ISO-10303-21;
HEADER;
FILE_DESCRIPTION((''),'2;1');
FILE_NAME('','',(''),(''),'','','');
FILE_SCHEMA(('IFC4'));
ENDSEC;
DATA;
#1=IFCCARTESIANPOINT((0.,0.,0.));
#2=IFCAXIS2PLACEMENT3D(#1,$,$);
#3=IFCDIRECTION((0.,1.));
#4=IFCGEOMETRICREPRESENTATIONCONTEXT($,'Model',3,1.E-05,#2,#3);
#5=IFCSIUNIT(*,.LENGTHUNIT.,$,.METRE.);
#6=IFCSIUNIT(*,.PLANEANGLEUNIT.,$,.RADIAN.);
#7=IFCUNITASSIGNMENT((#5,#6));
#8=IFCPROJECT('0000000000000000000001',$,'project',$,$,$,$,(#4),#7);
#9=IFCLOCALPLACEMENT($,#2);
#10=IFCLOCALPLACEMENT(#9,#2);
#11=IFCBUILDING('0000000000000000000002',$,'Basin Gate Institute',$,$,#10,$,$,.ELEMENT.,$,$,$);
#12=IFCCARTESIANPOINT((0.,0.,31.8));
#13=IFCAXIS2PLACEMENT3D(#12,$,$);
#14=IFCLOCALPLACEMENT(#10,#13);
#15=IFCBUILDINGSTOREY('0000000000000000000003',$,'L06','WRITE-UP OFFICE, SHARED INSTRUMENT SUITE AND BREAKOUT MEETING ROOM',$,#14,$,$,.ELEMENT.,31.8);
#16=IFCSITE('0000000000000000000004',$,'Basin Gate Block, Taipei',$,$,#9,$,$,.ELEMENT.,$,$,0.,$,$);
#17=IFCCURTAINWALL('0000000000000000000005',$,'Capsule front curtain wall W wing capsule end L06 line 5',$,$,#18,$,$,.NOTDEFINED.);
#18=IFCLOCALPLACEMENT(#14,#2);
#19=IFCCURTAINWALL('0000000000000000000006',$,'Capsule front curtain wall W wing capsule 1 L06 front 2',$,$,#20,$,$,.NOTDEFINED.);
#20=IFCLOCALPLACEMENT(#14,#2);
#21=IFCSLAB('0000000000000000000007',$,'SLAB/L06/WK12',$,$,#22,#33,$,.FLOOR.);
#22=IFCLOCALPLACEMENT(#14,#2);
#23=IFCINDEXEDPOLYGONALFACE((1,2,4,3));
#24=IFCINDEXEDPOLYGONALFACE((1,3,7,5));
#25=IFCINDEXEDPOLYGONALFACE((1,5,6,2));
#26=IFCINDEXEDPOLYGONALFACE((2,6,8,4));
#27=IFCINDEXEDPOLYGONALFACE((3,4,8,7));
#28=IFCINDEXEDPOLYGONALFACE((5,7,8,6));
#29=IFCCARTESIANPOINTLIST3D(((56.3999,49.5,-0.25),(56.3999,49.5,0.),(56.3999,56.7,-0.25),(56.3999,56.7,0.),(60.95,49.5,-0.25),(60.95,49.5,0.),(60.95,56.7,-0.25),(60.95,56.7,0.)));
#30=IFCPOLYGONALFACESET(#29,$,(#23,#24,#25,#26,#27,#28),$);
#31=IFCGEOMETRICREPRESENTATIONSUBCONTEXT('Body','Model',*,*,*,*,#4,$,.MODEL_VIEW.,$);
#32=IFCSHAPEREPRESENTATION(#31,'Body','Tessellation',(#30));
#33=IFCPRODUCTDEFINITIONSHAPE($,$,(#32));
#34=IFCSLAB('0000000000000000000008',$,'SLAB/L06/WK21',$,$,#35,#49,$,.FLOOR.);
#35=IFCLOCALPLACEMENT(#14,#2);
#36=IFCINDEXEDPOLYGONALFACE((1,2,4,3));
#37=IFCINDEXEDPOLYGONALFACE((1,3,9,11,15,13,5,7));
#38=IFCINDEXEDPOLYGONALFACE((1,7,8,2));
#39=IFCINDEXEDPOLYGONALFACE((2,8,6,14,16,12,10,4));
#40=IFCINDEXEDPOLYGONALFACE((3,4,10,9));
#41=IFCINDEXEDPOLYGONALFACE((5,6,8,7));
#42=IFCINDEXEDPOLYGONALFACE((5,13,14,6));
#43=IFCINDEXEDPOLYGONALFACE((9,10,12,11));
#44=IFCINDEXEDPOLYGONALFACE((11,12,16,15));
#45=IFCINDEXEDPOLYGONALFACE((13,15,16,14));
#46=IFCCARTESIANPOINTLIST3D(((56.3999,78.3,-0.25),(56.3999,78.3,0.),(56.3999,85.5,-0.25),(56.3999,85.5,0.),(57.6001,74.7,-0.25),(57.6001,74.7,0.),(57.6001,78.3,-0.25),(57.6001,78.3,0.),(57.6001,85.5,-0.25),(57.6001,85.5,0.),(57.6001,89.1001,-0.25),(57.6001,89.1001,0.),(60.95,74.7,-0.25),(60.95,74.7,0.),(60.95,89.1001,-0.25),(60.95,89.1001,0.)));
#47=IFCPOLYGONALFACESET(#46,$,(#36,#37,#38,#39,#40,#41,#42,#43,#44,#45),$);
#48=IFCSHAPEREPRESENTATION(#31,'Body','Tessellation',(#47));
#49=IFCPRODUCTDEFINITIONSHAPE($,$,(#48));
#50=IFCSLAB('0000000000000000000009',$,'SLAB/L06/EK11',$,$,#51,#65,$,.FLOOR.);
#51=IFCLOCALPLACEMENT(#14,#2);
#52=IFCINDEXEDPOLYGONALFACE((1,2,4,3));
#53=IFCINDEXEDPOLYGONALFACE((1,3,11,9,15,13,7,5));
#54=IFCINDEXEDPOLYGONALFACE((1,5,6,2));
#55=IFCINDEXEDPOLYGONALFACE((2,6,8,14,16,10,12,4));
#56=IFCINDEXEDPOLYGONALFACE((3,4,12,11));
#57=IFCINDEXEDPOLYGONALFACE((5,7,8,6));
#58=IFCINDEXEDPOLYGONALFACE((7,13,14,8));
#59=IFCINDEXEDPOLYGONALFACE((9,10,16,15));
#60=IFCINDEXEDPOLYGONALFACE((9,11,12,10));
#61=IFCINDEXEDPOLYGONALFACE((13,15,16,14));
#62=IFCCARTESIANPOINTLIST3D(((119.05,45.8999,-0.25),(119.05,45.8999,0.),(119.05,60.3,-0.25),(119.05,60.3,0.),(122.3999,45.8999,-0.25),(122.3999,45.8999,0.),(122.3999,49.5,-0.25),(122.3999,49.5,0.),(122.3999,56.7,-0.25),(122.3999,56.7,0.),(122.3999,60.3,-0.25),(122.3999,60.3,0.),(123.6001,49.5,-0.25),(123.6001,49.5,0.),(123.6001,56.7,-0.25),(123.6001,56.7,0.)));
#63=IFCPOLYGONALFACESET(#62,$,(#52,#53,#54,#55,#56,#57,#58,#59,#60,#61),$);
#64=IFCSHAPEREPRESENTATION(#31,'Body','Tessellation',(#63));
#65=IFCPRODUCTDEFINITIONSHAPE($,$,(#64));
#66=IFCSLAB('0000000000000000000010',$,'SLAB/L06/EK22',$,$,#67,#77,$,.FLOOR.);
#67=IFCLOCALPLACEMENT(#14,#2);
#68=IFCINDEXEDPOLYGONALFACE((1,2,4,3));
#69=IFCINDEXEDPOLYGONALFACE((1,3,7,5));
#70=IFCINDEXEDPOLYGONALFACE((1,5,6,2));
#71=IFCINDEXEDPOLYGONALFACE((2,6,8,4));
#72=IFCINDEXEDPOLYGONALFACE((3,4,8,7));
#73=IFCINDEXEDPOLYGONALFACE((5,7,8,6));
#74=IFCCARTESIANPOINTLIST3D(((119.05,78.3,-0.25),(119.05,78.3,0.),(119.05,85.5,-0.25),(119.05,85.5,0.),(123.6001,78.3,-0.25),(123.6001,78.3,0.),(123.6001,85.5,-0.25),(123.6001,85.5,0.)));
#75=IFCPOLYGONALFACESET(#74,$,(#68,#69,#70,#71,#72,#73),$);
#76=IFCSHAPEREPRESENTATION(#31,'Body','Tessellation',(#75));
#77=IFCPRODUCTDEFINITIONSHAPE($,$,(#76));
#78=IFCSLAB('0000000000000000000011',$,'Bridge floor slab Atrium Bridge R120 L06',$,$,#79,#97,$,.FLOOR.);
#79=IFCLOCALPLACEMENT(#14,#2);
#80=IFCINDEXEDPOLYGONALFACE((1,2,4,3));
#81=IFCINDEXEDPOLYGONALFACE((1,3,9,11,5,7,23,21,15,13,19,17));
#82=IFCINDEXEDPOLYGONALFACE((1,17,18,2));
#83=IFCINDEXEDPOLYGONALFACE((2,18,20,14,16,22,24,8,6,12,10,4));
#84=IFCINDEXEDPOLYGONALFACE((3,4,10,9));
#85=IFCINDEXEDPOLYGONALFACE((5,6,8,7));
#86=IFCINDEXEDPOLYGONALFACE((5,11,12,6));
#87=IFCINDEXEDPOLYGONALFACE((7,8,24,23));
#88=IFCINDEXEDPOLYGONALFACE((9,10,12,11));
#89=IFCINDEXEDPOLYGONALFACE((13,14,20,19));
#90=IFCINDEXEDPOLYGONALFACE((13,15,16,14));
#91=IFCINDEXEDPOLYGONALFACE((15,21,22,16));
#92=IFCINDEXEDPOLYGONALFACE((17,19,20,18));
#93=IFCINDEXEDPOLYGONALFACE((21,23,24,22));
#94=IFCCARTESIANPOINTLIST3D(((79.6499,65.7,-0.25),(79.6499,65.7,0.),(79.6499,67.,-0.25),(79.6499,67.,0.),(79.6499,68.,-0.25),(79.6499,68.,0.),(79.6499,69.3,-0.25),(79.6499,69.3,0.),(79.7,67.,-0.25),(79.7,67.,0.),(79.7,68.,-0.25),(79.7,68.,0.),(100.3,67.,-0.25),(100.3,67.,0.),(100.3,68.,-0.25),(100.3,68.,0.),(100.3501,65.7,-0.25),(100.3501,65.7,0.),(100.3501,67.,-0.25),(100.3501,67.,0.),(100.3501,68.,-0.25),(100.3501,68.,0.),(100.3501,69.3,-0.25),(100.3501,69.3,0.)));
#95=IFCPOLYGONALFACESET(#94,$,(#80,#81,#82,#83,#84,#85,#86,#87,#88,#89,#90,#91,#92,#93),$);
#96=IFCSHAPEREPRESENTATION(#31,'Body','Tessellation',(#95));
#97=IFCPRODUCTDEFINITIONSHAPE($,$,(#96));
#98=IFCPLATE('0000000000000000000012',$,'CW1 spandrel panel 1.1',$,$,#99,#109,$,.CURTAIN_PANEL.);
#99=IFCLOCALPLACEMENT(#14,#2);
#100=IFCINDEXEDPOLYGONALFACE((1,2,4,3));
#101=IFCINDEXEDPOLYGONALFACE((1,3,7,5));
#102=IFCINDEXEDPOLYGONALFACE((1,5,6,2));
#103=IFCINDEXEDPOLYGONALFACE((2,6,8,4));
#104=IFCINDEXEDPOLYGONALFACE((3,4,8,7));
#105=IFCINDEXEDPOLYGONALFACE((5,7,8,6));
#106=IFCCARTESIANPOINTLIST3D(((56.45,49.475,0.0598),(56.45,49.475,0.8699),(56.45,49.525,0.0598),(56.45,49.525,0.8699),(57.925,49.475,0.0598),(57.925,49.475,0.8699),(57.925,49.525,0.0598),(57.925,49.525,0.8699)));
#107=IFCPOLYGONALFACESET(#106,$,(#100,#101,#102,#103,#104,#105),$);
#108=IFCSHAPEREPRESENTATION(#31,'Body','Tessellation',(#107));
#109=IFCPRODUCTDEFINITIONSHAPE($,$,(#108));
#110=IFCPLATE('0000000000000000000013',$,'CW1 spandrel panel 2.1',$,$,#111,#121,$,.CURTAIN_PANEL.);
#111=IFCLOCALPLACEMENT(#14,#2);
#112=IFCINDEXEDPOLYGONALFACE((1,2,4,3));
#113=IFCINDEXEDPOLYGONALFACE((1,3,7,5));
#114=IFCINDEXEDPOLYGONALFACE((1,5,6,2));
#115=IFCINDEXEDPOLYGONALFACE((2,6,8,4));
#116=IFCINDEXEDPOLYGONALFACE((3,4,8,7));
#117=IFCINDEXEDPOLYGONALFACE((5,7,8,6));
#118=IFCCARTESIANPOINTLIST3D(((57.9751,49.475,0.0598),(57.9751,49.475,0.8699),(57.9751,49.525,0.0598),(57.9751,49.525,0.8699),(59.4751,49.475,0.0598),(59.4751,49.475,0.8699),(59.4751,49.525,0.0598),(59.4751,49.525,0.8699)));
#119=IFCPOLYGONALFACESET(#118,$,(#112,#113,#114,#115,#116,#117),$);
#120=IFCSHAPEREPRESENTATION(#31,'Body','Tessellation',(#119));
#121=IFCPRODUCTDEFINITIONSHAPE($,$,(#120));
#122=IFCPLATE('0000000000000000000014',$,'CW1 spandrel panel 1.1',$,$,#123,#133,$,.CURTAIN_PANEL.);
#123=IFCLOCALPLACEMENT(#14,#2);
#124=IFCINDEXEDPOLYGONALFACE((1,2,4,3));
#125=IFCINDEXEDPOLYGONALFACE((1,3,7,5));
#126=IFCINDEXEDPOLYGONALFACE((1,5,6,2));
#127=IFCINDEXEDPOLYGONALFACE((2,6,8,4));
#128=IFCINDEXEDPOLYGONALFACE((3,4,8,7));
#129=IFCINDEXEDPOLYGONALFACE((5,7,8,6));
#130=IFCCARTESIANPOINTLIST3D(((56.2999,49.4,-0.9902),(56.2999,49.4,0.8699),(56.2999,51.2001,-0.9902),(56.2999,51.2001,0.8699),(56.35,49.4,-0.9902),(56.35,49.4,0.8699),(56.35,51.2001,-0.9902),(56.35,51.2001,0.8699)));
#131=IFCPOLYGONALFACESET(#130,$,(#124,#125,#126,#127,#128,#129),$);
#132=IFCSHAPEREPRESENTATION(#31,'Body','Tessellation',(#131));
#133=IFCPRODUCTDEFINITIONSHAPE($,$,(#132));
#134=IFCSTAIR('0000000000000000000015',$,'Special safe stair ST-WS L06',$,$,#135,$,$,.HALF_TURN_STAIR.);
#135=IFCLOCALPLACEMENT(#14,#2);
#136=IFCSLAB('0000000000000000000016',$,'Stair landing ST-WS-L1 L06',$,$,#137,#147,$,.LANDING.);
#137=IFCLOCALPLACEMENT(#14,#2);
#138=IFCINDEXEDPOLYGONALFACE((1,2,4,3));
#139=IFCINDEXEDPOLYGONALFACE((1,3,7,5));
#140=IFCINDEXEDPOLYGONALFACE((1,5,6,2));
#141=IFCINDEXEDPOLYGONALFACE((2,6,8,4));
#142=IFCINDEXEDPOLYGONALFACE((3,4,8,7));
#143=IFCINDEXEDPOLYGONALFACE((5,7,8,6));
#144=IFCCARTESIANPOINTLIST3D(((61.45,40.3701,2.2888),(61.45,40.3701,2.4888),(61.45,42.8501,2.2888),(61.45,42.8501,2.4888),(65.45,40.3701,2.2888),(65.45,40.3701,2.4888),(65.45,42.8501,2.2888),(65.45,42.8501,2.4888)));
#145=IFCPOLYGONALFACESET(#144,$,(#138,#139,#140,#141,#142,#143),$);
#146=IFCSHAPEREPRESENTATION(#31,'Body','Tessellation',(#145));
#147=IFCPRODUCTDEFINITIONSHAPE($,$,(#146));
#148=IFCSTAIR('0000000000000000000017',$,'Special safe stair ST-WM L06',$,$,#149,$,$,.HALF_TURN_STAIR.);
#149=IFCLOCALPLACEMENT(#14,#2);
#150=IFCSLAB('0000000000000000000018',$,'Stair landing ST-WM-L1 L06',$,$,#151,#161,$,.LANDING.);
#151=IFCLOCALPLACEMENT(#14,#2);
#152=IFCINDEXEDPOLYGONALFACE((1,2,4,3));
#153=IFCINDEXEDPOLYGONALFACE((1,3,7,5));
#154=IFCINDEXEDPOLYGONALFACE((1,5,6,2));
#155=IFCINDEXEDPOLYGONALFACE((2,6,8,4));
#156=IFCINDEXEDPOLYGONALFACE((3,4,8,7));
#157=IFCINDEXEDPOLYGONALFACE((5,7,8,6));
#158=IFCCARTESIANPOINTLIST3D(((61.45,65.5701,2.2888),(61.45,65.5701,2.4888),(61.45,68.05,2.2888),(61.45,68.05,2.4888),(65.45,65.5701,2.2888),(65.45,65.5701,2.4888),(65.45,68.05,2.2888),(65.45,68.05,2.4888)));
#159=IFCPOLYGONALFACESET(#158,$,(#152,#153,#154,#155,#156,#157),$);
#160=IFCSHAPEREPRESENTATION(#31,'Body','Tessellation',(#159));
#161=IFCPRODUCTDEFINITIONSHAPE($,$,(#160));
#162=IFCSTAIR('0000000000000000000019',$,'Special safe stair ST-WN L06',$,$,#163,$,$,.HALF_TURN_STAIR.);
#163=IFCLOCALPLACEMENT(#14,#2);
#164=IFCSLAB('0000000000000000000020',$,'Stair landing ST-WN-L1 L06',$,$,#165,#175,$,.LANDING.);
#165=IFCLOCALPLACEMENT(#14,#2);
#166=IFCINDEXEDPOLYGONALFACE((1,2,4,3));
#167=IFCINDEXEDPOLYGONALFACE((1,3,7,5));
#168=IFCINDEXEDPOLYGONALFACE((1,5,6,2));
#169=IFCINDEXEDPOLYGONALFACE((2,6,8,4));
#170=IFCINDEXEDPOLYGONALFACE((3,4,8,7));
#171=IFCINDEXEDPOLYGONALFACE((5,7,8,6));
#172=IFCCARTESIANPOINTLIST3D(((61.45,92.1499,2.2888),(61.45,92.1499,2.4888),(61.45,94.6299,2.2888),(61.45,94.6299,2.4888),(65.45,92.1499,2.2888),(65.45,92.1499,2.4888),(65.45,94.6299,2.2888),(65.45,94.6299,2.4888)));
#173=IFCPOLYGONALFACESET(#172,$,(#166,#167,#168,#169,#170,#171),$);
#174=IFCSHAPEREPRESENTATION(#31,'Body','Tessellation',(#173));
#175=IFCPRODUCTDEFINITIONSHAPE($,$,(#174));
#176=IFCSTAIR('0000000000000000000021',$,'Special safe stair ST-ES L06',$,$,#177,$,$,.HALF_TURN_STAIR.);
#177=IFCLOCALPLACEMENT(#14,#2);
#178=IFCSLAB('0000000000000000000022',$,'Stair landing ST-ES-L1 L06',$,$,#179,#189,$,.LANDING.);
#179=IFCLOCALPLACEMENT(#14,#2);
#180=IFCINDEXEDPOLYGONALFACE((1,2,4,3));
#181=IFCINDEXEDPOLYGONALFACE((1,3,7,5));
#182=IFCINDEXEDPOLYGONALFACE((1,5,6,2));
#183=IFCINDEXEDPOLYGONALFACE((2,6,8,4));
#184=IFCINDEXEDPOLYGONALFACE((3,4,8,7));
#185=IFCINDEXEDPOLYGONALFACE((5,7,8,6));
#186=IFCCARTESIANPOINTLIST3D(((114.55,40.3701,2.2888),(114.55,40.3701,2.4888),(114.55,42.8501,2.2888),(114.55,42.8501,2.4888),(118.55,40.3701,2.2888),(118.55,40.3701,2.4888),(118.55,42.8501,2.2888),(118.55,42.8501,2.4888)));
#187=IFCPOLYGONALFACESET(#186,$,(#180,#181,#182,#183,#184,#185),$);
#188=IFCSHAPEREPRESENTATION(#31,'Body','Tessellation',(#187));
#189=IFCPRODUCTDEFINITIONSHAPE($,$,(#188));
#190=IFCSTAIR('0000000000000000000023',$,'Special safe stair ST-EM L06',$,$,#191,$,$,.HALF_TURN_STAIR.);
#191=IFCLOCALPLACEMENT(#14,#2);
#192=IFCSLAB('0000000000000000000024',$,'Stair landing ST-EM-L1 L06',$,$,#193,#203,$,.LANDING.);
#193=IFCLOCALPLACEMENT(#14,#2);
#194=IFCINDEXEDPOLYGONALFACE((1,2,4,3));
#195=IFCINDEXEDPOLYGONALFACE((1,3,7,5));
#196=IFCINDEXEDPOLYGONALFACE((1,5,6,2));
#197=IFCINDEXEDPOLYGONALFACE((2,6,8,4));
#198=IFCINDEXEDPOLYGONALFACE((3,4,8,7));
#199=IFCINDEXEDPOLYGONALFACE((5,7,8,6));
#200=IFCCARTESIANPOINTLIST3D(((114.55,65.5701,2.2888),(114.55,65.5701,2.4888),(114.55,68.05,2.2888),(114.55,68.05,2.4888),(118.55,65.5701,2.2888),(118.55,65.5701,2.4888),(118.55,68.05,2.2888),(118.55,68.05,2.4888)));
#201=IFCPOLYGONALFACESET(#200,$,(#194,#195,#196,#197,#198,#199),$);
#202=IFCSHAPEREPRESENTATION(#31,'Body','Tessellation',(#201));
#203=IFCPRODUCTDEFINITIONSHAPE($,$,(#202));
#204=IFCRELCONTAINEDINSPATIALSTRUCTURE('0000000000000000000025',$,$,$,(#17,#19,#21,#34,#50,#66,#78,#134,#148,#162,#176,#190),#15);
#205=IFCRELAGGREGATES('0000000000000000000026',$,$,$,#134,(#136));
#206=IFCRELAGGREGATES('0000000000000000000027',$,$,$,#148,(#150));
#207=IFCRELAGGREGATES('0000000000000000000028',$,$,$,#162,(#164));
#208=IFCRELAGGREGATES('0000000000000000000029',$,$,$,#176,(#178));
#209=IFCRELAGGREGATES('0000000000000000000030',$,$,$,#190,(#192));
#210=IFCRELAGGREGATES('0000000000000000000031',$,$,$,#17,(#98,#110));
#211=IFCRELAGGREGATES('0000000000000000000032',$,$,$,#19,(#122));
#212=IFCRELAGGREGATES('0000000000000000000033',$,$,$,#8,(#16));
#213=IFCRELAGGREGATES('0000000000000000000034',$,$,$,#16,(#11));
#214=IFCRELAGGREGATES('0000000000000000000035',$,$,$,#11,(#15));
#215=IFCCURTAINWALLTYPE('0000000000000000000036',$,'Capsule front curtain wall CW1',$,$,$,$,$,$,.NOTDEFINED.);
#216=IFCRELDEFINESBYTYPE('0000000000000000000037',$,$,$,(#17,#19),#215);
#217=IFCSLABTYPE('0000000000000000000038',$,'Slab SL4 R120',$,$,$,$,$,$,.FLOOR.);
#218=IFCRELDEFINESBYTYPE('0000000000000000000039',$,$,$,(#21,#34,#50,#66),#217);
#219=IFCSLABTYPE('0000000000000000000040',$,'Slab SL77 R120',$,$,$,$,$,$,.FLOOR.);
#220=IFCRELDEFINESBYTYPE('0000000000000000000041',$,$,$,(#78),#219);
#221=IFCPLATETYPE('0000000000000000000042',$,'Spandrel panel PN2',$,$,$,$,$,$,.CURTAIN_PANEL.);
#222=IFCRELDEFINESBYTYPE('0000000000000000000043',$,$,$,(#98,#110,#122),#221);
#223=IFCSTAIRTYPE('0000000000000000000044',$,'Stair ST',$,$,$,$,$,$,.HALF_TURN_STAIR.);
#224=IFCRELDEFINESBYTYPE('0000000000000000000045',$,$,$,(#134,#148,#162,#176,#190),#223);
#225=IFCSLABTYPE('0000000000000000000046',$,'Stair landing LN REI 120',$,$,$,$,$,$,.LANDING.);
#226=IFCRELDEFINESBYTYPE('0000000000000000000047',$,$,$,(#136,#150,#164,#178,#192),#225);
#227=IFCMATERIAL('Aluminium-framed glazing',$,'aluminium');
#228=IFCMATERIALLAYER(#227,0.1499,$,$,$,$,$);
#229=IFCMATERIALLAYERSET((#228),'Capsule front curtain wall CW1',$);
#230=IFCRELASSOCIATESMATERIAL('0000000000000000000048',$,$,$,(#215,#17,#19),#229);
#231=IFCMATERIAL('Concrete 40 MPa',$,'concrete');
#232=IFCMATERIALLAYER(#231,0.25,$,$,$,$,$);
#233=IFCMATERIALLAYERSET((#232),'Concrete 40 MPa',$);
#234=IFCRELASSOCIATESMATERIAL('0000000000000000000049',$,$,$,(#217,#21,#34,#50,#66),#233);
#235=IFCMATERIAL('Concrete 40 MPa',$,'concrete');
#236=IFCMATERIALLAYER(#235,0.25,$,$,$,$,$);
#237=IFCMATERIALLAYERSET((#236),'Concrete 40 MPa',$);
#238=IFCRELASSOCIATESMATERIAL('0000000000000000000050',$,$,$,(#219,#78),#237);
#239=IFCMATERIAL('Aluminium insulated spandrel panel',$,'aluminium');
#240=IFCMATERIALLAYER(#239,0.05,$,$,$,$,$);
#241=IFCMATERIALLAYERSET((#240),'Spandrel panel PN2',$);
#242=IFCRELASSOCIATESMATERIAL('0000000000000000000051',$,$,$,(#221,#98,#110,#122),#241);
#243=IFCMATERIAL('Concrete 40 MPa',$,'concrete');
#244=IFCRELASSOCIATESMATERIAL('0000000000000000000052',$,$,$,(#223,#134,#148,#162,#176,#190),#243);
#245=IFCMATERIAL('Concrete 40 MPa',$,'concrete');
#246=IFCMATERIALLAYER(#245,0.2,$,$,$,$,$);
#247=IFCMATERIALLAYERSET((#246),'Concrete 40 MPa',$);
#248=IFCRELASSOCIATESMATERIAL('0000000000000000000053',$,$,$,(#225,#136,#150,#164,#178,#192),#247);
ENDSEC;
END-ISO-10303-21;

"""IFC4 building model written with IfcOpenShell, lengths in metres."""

from ifc_helpers import new_model, si_unit, direction, frame, origin, origin_2d, place, context, subcontext, project, spatial, polyline, rectangle, outline, extrude, material, layer, layer_set, type_object, element, aggregate, save


model = new_model("IFC4")

# Units and contexts
model_context = context("Model", 3, precision=1e-05, world=origin(), true_north=direction((0.0, 1.0)))
body_context = subcontext(model_context, "Body", "Model", "MODEL_VIEW")
ifc_project = project(units=[si_unit("LENGTHUNIT", "METRE"), si_unit("PLANEANGLEUNIT", "RADIAN")], contexts=[model_context])

# Site, building, storey
site_placement = place(None, origin())
site = spatial("IfcSite", under=ifc_project, at=site_placement, Name="Basin Gate Block, Taipei", CompositionType="ELEMENT", RefElevation=0.0)
building_placement = place(site_placement, origin())
building = spatial("IfcBuilding", under=site, at=building_placement, Name="Basin Gate Institute", CompositionType="ELEMENT")
storey_placement = place(building_placement, frame((0.0, 0.0, 31.8)))
storey = spatial("IfcBuildingStorey", under=building, at=storey_placement, Name="L06", Description="WRITE-UP OFFICE, SHARED INSTRUMENT SUITE AND BREAKOUT MEETING ROOM", CompositionType="ELEMENT", Elevation=31.8)

# Curtain wall
ifc_material_1 = material(Name="Aluminium-framed glazing", Category="aluminium")
ifc_layer_1 = layer(ifc_material_1, 0.1499)
ifc_layer_set_1 = layer_set([ifc_layer_1], Name="Capsule front curtain wall CW1")
curtain_wall_type = type_object("IfcCurtainWallType", Name="Capsule front curtain wall CW1", PredefinedType="NOTDEFINED", material=ifc_layer_set_1)
curtain_wall_1_placement = place(storey_placement, origin())
curtain_wall_1 = element("IfcCurtainWall", 1, at=curtain_wall_1_placement, inside=storey, type_object=curtain_wall_type, material=ifc_layer_set_1, Name="Capsule front curtain wall W wing capsule end L06 line 5", PredefinedType="NOTDEFINED")

# Curtain wall
curtain_wall_2_placement = place(storey_placement, origin())
curtain_wall_2 = element("IfcCurtainWall", 2, at=curtain_wall_2_placement, inside=storey, type_object=curtain_wall_type, material=ifc_layer_set_1, Name="Capsule front curtain wall W wing capsule 1 L06 front 2", PredefinedType="NOTDEFINED")

# Slabs
ifc_material_2 = material(Name="Concrete 40 MPa", Category="concrete")
ifc_layer_2 = layer(ifc_material_2, 0.25)
ifc_layer_set_2 = layer_set([ifc_layer_2], Name="Concrete 40 MPa")
slab_type_1 = type_object("IfcSlabType", Name="Slab SL4 R120", PredefinedType="FLOOR", material=ifc_layer_set_2)
slab_1_placement = place(storey_placement, frame((0.0, 0.0, -0.25)))
element("IfcSlab", 3, at=slab_1_placement, inside=storey, type_object=slab_type_1, material=ifc_layer_set_2, Name="SLAB/L06/WK12", PredefinedType="FLOOR", context=body_context, shape_type="SweptSolid", body=[
    extrude(outline(polyline([(60.95, 49.5), (56.3999, 49.5), (56.3999, 56.7), (60.95, 56.7), (60.95, 49.5)])), origin(), (0.0, 0.0, 1.0), 0.25),
])
slab_2_placement = place(storey_placement, frame((0.0, 0.0, -0.25)))
element("IfcSlab", 4, at=slab_2_placement, inside=storey, type_object=slab_type_1, material=ifc_layer_set_2, Name="SLAB/L06/WK21", PredefinedType="FLOOR", context=body_context, shape_type="SweptSolid", body=[
    extrude(outline(polyline([(57.6001, 74.7), (57.6001, 78.3), (56.3999, 78.3), (56.3999, 85.5), (57.6001, 85.5), (57.6001, 89.1001), (60.95, 89.1001), (60.95, 74.7), (57.6001, 74.7)])), origin(), (0.0, 0.0, 1.0), 0.25),
])
slab_3_placement = place(storey_placement, frame((0.0, 0.0, -0.25)))
element("IfcSlab", 5, at=slab_3_placement, inside=storey, type_object=slab_type_1, material=ifc_layer_set_2, Name="SLAB/L06/EK11", PredefinedType="FLOOR", context=body_context, shape_type="SweptSolid", body=[
    extrude(outline(polyline([(119.05, 45.8999), (119.05, 60.3), (122.3999, 60.3), (122.3999, 56.7), (123.6001, 56.7), (123.6001, 49.5), (122.3999, 49.5), (122.3999, 45.8999), (119.05, 45.8999)])), origin(), (0.0, 0.0, 1.0), 0.25),
])
slab_4_placement = place(storey_placement, frame((0.0, 0.0, -0.25)))
element("IfcSlab", 6, at=slab_4_placement, inside=storey, type_object=slab_type_1, material=ifc_layer_set_2, Name="SLAB/L06/EK22", PredefinedType="FLOOR", context=body_context, shape_type="SweptSolid", body=[
    extrude(outline(polyline([(123.6001, 78.3), (119.05, 78.3), (119.05, 85.5), (123.6001, 85.5), (123.6001, 78.3)])), origin(), (0.0, 0.0, 1.0), 0.25),
])
ifc_material_3 = material(Name="Concrete 40 MPa", Category="concrete")
ifc_layer_3 = layer(ifc_material_3, 0.25)
ifc_layer_set_3 = layer_set([ifc_layer_3], Name="Concrete 40 MPa")
slab_type_2 = type_object("IfcSlabType", Name="Slab SL77 R120", PredefinedType="FLOOR", material=ifc_layer_set_3)
slab_5_placement = place(storey_placement, frame((0.0, 0.0, -0.25)))
element("IfcSlab", 7, at=slab_5_placement, inside=storey, type_object=slab_type_2, material=ifc_layer_set_3, Name="Bridge floor slab Atrium Bridge R120 L06", PredefinedType="FLOOR", context=body_context, shape_type="SweptSolid", body=[
    extrude(outline(polyline([(79.6499, 65.7), (100.3501, 65.7), (100.3501, 67.0), (100.3, 67.0), (100.3, 68.0), (100.3501, 68.0), (100.3501, 69.3), (79.6499, 69.3), (79.6499, 68.0), (79.7, 68.0), (79.7, 67.0), (79.6499, 67.0), (79.6499, 65.7)])), origin(), (0.0, 0.0, 1.0), 0.25),
])

# Plates
ifc_material_4 = material(Name="Aluminium insulated spandrel panel", Category="aluminium")
ifc_layer_4 = layer(ifc_material_4, 0.05)
ifc_layer_set_4 = layer_set([ifc_layer_4], Name="Spandrel panel PN2")
plate_type_1 = type_object("IfcPlateType", Name="Spandrel panel PN2", PredefinedType="CURTAIN_PANEL", material=ifc_layer_set_4)
plate_1_placement = place(storey_placement, frame((57.1875, 49.5, 0.0598), z_axis=(0.0, 0.0, 1.0), x_axis=(1.0, 0.0, 0.0)))
plate_1 = element("IfcPlate", 8, at=plate_1_placement, type_object=plate_type_1, material=ifc_layer_set_4, Name="CW1 spandrel panel 1.1", PredefinedType="CURTAIN_PANEL", context=body_context, shape_type="SweptSolid", body=[
    extrude(rectangle(XDim=1.4751, YDim=0.05, at=origin_2d()), origin(), (0.0, 0.0, 1.0), 0.8101),
])
plate_2_placement = place(storey_placement, frame((58.7251, 49.5, 0.0598), z_axis=(0.0, 0.0, 1.0), x_axis=(1.0, 0.0, 0.0)))
plate_2 = element("IfcPlate", 9, at=plate_2_placement, type_object=plate_type_1, material=ifc_layer_set_4, Name="CW1 spandrel panel 2.1", PredefinedType="CURTAIN_PANEL", context=body_context, shape_type="SweptSolid", body=[
    extrude(rectangle(XDim=1.5, YDim=0.05, at=origin_2d()), origin(), (0.0, 0.0, 1.0), 0.8101),
])
plate_3_placement = place(storey_placement, frame((56.325, 50.3, -0.9902), z_axis=(0.0, 0.0, 1.0), x_axis=(0.0, 1.0, 0.0)))
plate_3 = element("IfcPlate", 10, at=plate_3_placement, type_object=plate_type_1, material=ifc_layer_set_4, Name="CW1 spandrel panel 1.1", PredefinedType="CURTAIN_PANEL", context=body_context, shape_type="SweptSolid", body=[
    extrude(rectangle(XDim=1.8, YDim=0.05, at=origin_2d()), origin(), (0.0, 0.0, 1.0), 1.8601),
])

# Stairs, slabs
ifc_material_5 = material(Name="Concrete 40 MPa", Category="concrete")
stair_type = type_object("IfcStairType", Name="Stair ST", PredefinedType="HALF_TURN_STAIR", material=ifc_material_5)
stair_1_placement = place(storey_placement, origin())
stair_1 = element("IfcStair", 11, at=stair_1_placement, inside=storey, type_object=stair_type, material=ifc_material_5, Name="Special safe stair ST-WS L06", PredefinedType="HALF_TURN_STAIR")
ifc_material_6 = material(Name="Concrete 40 MPa", Category="concrete")
ifc_layer_5 = layer(ifc_material_6, 0.2)
ifc_layer_set_5 = layer_set([ifc_layer_5], Name="Concrete 40 MPa")
slab_type_3 = type_object("IfcSlabType", Name="Stair landing LN REI 120", PredefinedType="LANDING", material=ifc_layer_set_5)
slab_6_placement = place(storey_placement, frame((0.0, 0.0, 2.2888)))
slab_6 = element("IfcSlab", 12, at=slab_6_placement, type_object=slab_type_3, material=ifc_layer_set_5, Name="Stair landing ST-WS-L1 L06", PredefinedType="LANDING", context=body_context, shape_type="SweptSolid", body=[
    extrude(outline(polyline([(61.45, 40.3701), (65.45, 40.3701), (65.45, 42.8501), (61.45, 42.8501), (61.45, 40.3701)])), origin(), (0.0, 0.0, 1.0), 0.2),
])
aggregate(stair_1, [slab_6])
stair_2_placement = place(storey_placement, origin())
stair_2 = element("IfcStair", 13, at=stair_2_placement, inside=storey, type_object=stair_type, material=ifc_material_5, Name="Special safe stair ST-WM L06", PredefinedType="HALF_TURN_STAIR")
slab_7_placement = place(storey_placement, frame((0.0, 0.0, 2.2888)))
slab_7 = element("IfcSlab", 14, at=slab_7_placement, type_object=slab_type_3, material=ifc_layer_set_5, Name="Stair landing ST-WM-L1 L06", PredefinedType="LANDING", context=body_context, shape_type="SweptSolid", body=[
    extrude(outline(polyline([(61.45, 65.5701), (65.45, 65.5701), (65.45, 68.05), (61.45, 68.05), (61.45, 65.5701)])), origin(), (0.0, 0.0, 1.0), 0.2),
])
aggregate(stair_2, [slab_7])
stair_3_placement = place(storey_placement, origin())
stair_3 = element("IfcStair", 15, at=stair_3_placement, inside=storey, type_object=stair_type, material=ifc_material_5, Name="Special safe stair ST-WN L06", PredefinedType="HALF_TURN_STAIR")
slab_8_placement = place(storey_placement, frame((0.0, 0.0, 2.2888)))
slab_8 = element("IfcSlab", 16, at=slab_8_placement, type_object=slab_type_3, material=ifc_layer_set_5, Name="Stair landing ST-WN-L1 L06", PredefinedType="LANDING", context=body_context, shape_type="SweptSolid", body=[
    extrude(outline(polyline([(61.45, 92.1499), (65.45, 92.1499), (65.45, 94.6299), (61.45, 94.6299), (61.45, 92.1499)])), origin(), (0.0, 0.0, 1.0), 0.2),
])
aggregate(stair_3, [slab_8])
stair_4_placement = place(storey_placement, origin())
stair_4 = element("IfcStair", 17, at=stair_4_placement, inside=storey, type_object=stair_type, material=ifc_material_5, Name="Special safe stair ST-ES L06", PredefinedType="HALF_TURN_STAIR")
slab_9_placement = place(storey_placement, frame((0.0, 0.0, 2.2888)))
slab_9 = element("IfcSlab", 18, at=slab_9_placement, type_object=slab_type_3, material=ifc_layer_set_5, Name="Stair landing ST-ES-L1 L06", PredefinedType="LANDING", context=body_context, shape_type="SweptSolid", body=[
    extrude(outline(polyline([(118.55, 42.8501), (114.55, 42.8501), (114.55, 40.3701), (118.55, 40.3701), (118.55, 42.8501)])), origin(), (0.0, 0.0, 1.0), 0.2),
])
aggregate(stair_4, [slab_9])
stair_5_placement = place(storey_placement, origin())
stair_5 = element("IfcStair", 19, at=stair_5_placement, inside=storey, type_object=stair_type, material=ifc_material_5, Name="Special safe stair ST-EM L06", PredefinedType="HALF_TURN_STAIR")
slab_10_placement = place(storey_placement, frame((0.0, 0.0, 2.2888)))
slab_10 = element("IfcSlab", 20, at=slab_10_placement, type_object=slab_type_3, material=ifc_layer_set_5, Name="Stair landing ST-EM-L1 L06", PredefinedType="LANDING", context=body_context, shape_type="SweptSolid", body=[
    extrude(outline(polyline([(118.55, 68.05), (114.55, 68.05), (114.55, 65.5701), (118.55, 65.5701), (118.55, 68.05)])), origin(), (0.0, 0.0, 1.0), 0.2),
])
aggregate(stair_5, [slab_10])

aggregate(curtain_wall_1, [plate_1, plate_2])
aggregate(curtain_wall_2, [plate_3])

save(model, "model.ifc")
